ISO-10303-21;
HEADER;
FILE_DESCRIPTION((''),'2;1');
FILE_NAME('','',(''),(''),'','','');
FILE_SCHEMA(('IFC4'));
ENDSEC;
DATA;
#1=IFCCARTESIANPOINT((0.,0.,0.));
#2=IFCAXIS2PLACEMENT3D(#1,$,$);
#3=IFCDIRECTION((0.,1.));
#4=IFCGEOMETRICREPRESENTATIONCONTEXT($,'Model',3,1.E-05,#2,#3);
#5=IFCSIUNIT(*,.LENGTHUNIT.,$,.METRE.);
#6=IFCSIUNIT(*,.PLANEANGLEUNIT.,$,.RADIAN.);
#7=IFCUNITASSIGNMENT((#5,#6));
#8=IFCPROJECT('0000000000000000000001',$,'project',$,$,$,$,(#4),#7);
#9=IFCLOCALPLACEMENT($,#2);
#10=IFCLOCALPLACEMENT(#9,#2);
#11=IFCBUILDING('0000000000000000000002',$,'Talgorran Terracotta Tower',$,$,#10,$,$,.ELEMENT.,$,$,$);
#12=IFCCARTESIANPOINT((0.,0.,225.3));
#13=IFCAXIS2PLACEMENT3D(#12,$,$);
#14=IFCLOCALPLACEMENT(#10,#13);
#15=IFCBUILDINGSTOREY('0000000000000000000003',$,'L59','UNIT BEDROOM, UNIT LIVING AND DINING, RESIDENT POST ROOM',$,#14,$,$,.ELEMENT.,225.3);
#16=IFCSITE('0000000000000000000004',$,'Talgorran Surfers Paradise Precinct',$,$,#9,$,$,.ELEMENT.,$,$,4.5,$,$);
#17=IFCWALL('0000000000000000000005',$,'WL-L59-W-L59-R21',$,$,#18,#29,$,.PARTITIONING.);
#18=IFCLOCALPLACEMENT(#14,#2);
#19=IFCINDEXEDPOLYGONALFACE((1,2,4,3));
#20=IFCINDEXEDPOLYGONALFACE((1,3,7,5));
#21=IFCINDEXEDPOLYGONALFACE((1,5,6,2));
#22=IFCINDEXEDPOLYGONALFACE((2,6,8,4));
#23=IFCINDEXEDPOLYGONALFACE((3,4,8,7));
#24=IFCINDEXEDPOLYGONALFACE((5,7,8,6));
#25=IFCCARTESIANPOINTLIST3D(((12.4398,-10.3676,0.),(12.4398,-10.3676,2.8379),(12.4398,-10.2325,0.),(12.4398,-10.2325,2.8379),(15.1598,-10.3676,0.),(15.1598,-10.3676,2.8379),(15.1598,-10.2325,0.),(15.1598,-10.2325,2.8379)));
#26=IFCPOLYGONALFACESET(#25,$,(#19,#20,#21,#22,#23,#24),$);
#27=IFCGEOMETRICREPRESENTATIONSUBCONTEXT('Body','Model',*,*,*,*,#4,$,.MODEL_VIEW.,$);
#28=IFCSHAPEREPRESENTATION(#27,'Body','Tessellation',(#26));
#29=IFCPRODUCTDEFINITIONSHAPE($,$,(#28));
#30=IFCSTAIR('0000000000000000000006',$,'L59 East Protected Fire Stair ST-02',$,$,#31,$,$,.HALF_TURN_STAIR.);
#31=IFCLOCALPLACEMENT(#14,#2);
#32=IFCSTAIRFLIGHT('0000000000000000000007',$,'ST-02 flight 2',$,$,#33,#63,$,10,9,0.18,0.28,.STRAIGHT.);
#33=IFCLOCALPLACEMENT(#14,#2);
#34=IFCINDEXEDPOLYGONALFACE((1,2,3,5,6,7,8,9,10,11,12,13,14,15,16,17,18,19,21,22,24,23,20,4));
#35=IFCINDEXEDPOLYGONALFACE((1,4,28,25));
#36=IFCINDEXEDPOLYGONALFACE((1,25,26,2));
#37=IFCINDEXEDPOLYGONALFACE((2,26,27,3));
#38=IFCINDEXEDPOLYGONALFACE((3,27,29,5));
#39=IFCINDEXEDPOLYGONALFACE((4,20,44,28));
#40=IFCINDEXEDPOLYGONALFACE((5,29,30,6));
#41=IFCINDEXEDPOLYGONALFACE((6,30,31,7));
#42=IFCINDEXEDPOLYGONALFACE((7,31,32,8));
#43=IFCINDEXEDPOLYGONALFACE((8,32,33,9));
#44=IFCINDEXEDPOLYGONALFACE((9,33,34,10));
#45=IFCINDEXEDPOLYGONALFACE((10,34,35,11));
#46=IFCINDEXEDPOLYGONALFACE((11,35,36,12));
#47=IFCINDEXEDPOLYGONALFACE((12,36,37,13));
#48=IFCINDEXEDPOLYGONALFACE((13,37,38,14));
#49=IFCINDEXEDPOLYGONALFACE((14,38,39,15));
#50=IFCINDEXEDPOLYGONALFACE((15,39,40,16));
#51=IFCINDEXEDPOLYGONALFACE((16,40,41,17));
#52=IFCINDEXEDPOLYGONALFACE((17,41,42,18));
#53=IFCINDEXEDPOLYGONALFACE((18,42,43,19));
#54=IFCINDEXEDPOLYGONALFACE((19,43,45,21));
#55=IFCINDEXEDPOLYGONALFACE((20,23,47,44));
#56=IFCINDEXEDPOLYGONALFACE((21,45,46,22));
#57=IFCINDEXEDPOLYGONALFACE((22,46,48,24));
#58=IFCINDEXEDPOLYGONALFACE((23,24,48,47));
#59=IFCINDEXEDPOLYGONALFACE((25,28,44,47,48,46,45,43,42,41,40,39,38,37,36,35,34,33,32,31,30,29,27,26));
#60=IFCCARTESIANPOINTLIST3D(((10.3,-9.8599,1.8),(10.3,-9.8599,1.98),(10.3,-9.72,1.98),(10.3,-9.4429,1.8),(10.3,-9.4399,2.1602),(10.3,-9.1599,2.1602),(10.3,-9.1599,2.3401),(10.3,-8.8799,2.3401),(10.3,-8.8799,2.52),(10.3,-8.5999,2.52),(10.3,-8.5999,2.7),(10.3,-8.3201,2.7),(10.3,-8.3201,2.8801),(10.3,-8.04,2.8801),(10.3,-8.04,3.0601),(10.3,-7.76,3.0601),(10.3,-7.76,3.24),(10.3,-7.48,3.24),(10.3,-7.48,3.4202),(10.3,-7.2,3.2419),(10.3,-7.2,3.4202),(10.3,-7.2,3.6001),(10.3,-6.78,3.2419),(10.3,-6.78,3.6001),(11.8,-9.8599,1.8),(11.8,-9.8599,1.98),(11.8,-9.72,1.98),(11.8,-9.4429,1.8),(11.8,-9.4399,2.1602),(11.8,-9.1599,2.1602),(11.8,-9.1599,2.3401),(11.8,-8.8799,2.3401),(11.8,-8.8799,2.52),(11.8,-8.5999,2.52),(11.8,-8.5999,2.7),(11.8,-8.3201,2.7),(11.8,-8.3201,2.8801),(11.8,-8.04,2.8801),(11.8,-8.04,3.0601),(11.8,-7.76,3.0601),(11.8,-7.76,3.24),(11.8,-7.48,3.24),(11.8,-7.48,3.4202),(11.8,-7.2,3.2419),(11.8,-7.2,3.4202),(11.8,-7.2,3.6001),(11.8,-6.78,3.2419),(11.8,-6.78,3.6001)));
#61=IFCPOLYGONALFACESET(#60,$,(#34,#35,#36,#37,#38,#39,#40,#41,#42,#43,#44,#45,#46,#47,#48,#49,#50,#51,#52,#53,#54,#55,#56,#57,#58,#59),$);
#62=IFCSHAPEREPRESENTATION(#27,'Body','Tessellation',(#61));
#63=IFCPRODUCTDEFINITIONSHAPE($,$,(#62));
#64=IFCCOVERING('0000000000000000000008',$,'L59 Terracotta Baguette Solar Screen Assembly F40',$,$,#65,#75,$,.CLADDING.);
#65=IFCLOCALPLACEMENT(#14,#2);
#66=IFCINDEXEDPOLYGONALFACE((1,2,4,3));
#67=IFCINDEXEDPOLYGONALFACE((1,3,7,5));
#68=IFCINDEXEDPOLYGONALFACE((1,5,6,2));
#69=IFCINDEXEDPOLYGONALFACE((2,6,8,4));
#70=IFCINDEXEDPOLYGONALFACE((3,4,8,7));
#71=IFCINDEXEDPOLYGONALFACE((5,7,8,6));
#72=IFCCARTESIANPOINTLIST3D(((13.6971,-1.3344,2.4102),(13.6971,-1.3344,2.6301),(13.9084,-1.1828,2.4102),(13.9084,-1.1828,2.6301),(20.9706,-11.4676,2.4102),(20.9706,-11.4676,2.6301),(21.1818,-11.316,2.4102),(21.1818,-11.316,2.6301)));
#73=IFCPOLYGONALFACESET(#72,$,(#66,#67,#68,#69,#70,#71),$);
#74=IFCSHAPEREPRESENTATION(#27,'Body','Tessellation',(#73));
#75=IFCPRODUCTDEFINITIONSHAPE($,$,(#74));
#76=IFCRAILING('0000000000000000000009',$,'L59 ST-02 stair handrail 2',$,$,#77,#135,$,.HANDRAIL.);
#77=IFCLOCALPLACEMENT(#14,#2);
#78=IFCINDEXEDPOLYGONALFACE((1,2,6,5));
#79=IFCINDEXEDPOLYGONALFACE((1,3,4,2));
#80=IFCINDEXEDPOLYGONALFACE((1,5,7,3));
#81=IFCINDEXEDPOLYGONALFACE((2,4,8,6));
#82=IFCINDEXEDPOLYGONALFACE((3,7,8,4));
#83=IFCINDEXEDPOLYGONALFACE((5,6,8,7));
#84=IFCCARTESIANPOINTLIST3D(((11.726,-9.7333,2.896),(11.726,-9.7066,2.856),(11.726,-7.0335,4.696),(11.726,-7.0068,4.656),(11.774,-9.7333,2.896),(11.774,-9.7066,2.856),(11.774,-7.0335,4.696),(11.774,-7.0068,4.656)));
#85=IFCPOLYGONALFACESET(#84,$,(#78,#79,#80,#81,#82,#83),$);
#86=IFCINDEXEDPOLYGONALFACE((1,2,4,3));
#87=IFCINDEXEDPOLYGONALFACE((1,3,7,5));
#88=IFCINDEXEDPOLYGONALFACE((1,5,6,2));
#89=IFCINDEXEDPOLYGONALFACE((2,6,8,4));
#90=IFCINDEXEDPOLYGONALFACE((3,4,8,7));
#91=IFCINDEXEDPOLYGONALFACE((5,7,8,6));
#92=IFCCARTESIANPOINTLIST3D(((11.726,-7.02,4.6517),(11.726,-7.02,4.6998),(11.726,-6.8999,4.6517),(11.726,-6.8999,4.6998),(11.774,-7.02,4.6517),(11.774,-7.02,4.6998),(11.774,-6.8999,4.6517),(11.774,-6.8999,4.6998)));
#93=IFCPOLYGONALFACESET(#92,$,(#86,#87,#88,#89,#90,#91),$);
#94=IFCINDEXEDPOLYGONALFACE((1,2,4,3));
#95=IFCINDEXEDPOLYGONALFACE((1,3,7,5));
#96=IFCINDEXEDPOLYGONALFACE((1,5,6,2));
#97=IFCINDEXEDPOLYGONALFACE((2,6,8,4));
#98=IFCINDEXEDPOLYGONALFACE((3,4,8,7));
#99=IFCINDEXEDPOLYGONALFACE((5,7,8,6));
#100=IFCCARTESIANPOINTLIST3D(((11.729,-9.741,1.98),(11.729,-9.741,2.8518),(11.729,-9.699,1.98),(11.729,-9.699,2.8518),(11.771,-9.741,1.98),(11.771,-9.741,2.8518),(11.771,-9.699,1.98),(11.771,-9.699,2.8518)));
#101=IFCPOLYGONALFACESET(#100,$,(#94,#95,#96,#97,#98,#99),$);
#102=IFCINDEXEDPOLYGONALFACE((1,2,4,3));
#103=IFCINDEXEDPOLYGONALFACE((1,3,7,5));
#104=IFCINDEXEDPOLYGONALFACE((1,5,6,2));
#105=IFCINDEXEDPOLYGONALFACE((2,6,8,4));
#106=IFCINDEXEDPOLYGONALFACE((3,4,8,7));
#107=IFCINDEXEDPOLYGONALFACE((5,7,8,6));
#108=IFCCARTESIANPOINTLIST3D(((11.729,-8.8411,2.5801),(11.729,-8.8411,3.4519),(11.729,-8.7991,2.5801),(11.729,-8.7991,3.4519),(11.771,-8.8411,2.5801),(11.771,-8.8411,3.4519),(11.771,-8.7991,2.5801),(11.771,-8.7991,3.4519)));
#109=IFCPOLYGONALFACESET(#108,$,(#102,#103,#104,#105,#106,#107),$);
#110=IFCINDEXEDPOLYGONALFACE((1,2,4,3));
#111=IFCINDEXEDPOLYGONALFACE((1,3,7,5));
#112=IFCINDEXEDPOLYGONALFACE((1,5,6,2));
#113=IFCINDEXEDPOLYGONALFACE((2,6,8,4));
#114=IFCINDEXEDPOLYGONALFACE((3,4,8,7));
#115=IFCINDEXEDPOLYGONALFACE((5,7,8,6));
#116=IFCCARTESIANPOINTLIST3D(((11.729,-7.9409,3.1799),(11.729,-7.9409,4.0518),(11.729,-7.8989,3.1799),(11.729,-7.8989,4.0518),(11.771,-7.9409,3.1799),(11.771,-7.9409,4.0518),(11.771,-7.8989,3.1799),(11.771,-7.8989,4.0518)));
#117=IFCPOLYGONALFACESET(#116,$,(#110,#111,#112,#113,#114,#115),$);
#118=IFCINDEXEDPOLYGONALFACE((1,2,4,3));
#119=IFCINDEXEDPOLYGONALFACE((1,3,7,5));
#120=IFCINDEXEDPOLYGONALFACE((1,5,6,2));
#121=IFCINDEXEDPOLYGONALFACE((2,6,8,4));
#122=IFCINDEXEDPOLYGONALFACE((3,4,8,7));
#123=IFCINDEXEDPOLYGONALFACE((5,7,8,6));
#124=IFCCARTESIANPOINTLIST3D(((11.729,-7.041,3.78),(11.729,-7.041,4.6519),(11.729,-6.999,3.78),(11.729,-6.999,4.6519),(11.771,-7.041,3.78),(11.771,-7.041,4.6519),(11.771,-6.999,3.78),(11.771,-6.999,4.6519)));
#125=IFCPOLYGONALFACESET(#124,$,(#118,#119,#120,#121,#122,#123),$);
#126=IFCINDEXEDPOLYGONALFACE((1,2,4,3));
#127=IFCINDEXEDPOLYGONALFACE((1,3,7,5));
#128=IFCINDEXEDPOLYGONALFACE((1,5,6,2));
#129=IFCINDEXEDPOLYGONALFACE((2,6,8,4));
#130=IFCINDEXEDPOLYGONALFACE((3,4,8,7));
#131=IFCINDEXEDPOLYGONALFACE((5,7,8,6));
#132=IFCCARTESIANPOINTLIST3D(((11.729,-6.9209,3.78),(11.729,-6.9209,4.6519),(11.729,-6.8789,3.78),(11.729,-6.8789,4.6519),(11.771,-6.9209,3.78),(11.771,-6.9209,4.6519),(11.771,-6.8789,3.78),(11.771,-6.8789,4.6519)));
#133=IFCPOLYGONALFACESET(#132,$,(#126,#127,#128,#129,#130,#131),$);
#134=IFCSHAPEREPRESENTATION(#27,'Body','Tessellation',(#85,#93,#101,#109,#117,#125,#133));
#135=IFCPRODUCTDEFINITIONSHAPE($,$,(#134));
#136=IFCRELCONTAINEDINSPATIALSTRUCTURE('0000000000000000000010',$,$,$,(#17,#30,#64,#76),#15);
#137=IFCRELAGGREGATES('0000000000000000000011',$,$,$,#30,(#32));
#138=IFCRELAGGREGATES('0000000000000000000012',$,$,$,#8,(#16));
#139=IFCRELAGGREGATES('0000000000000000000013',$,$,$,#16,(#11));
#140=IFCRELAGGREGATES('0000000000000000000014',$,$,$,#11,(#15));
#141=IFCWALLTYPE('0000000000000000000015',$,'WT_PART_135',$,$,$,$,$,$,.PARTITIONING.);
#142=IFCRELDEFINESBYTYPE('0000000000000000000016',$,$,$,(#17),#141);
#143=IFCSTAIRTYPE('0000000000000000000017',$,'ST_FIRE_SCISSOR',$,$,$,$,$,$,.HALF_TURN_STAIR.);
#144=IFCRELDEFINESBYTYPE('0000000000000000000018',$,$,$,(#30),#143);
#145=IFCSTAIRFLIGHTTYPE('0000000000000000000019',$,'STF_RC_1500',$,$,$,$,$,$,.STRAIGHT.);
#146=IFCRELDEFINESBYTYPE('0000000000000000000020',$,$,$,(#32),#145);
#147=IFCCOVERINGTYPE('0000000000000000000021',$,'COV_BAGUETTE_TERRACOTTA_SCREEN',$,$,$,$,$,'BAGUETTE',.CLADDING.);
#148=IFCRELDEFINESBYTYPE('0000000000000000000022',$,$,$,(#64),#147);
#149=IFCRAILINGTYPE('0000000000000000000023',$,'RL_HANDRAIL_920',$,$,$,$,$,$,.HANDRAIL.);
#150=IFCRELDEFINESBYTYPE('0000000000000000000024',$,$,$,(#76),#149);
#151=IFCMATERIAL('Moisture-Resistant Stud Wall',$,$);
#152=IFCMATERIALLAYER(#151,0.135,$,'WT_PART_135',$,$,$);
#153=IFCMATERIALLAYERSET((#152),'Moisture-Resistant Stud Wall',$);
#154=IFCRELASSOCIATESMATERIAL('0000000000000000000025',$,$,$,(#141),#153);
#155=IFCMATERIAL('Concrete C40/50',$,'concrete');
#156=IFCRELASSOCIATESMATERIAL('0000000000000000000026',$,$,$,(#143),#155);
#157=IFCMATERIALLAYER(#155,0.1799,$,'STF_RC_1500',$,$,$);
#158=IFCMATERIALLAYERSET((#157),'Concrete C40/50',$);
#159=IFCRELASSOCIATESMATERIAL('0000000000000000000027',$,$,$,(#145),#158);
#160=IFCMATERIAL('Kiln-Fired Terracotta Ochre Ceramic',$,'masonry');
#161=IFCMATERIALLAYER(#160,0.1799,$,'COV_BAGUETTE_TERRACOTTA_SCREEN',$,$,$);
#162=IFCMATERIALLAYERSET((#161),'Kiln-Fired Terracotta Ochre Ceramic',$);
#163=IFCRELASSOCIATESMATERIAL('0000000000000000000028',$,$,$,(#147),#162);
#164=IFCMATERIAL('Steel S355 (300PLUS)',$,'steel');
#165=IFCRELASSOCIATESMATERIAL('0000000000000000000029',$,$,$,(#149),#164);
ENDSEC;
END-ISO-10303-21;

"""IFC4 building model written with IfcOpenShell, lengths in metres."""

from ifc_helpers import new_model, si_unit, direction, frame, frame_2d, origin, origin_2d, place, context, subcontext, project, spatial, polyline, rectangle, outline, extrude, material, layer, layer_set, type_object, element, aggregate, save


model = new_model("IFC4")

# Units and contexts
model_context = context("Model", 3, precision=1e-05, world=origin(), true_north=direction((0.0, 1.0)))
body_context = subcontext(model_context, "Body", "Model", "MODEL_VIEW")
ifc_project = project(units=[si_unit("LENGTHUNIT", "METRE"), si_unit("PLANEANGLEUNIT", "RADIAN")], contexts=[model_context])

# Site, building, storey
site_placement = place(None, origin())
site = spatial("IfcSite", under=ifc_project, at=site_placement, Name="Talgorran Surfers Paradise Precinct", CompositionType="ELEMENT", RefElevation=4.5)
building_placement = place(site_placement, origin())
building = spatial("IfcBuilding", under=site, at=building_placement, Name="Talgorran Terracotta Tower", CompositionType="ELEMENT")
storey_placement = place(building_placement, frame((0.0, 0.0, 225.3)))
storey = spatial("IfcBuildingStorey", under=building, at=storey_placement, Name="L59", Description="UNIT BEDROOM, UNIT LIVING AND DINING, RESIDENT POST ROOM", CompositionType="ELEMENT", Elevation=225.3)

# Shared definitions
ifc_material_1 = material(Name="Steel S355 (300PLUS)", Category="steel")

# Shared definitions
ifc_material_2 = material(Name="Moisture-Resistant Stud Wall")
ifc_layer_1 = layer(ifc_material_2, 0.135, Name="WT_PART_135")
ifc_layer_set_1 = layer_set([ifc_layer_1], Name="Moisture-Resistant Stud Wall")
wall_type_1 = type_object("IfcWallType", Name="WT_PART_135", PredefinedType="PARTITIONING", material=ifc_layer_set_1)

# Wall
wall_1_placement = place(storey_placement, frame((12.4399, -10.3, 0.0), z_axis=(0.0, 0.0, 1.0), x_axis=(1.0, 0.0, 0.0)))
element("IfcWall", 1, at=wall_1_placement, inside=storey, type_object=wall_type_1, Name="WL-L59-W-L59-R21", PredefinedType="PARTITIONING", context=body_context, shape_type="SweptSolid", body=[
    extrude(rectangle(XDim=2.72, YDim=0.135, at=frame_2d((1.3599, 0.0))), origin(), (0.0, 0.0, 1.0), 2.8379),
])

# Stair, stair flight
ifc_material_3 = material(Name="Concrete C40/50", Category="concrete")
stair_type = type_object("IfcStairType", Name="ST_FIRE_SCISSOR", PredefinedType="HALF_TURN_STAIR", material=ifc_material_3)
stair_placement = place(storey_placement, origin())
stair = element("IfcStair", 2, at=stair_placement, inside=storey, type_object=stair_type, Name="L59 East Protected Fire Stair ST-02", PredefinedType="HALF_TURN_STAIR")
ifc_layer_2 = layer(ifc_material_3, 0.1799, Name="STF_RC_1500")
ifc_layer_set_2 = layer_set([ifc_layer_2], Name="Concrete C40/50")
stair_flight_type = type_object("IfcStairFlightType", Name="STF_RC_1500", PredefinedType="STRAIGHT", material=ifc_layer_set_2)
stair_flight_placement = place(storey_placement, frame((11.05, -9.72, 1.8), z_axis=(0.0, 0.0, 1.0), x_axis=(0.0, 1.0, 0.0)))
stair_flight = element("IfcStairFlight", 3, at=stair_flight_placement, type_object=stair_flight_type, Name="ST-02 flight 2", NumberOfRisers=10, NumberOfTreads=9, PredefinedType="STRAIGHT", RiserHeight=0.18, TreadLength=0.28, context=body_context, shape_type="SweptSolid", body=[
    extrude(outline(polyline([(-0.1399, 0.0), (-0.1399, 0.1799), (0.0, 0.1799), (0.28, 0.3601), (0.5601, 0.3601), (0.5601, 0.54), (0.8401, 0.54), (0.8401, 0.72), (1.1201, 0.72), (1.1201, 0.8999), (1.3999, 0.8999), (1.3999, 1.0801), (1.6799, 1.0801), (1.6799, 1.26), (1.96, 1.26), (1.96, 1.4399), (2.24, 1.4399), (2.24, 1.6201), (2.52, 1.6201), (2.52, 1.8), (2.9399, 1.8), (2.9399, 1.4419), (2.52, 1.4419), (0.2771, 0.0), (-0.1399, 0.0)])), frame((0.0, 0.75, 0.0), z_axis=(0.0, -1.0, 0.0), x_axis=(1.0, 0.0, 0.0)), (0.0, 0.0, 1.0), 1.5),
])
aggregate(stair, [stair_flight])

# Covering
ifc_material_4 = material(Name="Kiln-Fired Terracotta Ochre Ceramic", Category="masonry")
ifc_layer_3 = layer(ifc_material_4, 0.1799, Name="COV_BAGUETTE_TERRACOTTA_SCREEN")
ifc_layer_set_3 = layer_set([ifc_layer_3], Name="Kiln-Fired Terracotta Ochre Ceramic")
covering_type = type_object("IfcCoveringType", Name="COV_BAGUETTE_TERRACOTTA_SCREEN", ElementType="BAGUETTE", PredefinedType="CLADDING", material=ifc_layer_set_3)
covering_placement = place(storey_placement, frame((17.4395, -6.3252, 2.4102), z_axis=(0.0, 0.0, 1.0), x_axis=(-0.583116, 0.812389, 0.0)))
element("IfcCovering", 4, at=covering_placement, inside=storey, type_object=covering_type, Name="L59 Terracotta Baguette Solar Screen Assembly F40", PredefinedType="CLADDING", context=body_context, shape_type="SweptSolid", body=[
    extrude(rectangle(XDim=12.4734, YDim=0.26, at=origin_2d()), origin(), (0.0, 0.0, 1.0), 0.22),
])

# Railing
railing_type = type_object("IfcRailingType", Name="RL_HANDRAIL_920", PredefinedType="HANDRAIL", material=ifc_material_1)
railing_placement = place(storey_placement, frame((11.75, -9.72, 1.98)))
element("IfcRailing", 5, at=railing_placement, inside=storey, type_object=railing_type, Name="L59 ST-02 stair handrail 2", PredefinedType="HANDRAIL", context=body_context, shape_type="SweptSolid", body=[
    extrude(rectangle(XDim=0.0481, YDim=0.0481, at=origin_2d()), frame((0.0, 0.0, 0.896), z_axis=(0.0, 0.832039, 0.554718), x_axis=(-1.0, 0.0, 0.0)), (0.0, 0.0, 1.0), 3.2449),
    extrude(rectangle(XDim=0.0481, YDim=0.0481, at=origin_2d()), frame((0.0, 2.7, 2.6958), z_axis=(0.0, 1.0, 0.0), x_axis=(-1.0, 0.0, 0.0)), (0.0, 0.0, 1.0), 0.1201),
    extrude(rectangle(XDim=0.042, YDim=0.042, at=origin_2d()), origin(), (0.0, 0.0, 1.0), 0.8718),
    extrude(rectangle(XDim=0.042, YDim=0.042, at=origin_2d()), frame((0.0, 0.8999, 0.6001)), (0.0, 0.0, 1.0), 0.8718),
    extrude(rectangle(XDim=0.042, YDim=0.042, at=origin_2d()), frame((0.0, 1.8, 1.2)), (0.0, 0.0, 1.0), 0.8718),
    extrude(rectangle(XDim=0.042, YDim=0.042, at=origin_2d()), frame((0.0, 2.7, 1.8)), (0.0, 0.0, 1.0), 0.8718),
    extrude(rectangle(XDim=0.042, YDim=0.042, at=origin_2d()), frame((0.0, 2.8201, 1.8)), (0.0, 0.0, 1.0), 0.8718),
])

save(model, "model.ifc")
